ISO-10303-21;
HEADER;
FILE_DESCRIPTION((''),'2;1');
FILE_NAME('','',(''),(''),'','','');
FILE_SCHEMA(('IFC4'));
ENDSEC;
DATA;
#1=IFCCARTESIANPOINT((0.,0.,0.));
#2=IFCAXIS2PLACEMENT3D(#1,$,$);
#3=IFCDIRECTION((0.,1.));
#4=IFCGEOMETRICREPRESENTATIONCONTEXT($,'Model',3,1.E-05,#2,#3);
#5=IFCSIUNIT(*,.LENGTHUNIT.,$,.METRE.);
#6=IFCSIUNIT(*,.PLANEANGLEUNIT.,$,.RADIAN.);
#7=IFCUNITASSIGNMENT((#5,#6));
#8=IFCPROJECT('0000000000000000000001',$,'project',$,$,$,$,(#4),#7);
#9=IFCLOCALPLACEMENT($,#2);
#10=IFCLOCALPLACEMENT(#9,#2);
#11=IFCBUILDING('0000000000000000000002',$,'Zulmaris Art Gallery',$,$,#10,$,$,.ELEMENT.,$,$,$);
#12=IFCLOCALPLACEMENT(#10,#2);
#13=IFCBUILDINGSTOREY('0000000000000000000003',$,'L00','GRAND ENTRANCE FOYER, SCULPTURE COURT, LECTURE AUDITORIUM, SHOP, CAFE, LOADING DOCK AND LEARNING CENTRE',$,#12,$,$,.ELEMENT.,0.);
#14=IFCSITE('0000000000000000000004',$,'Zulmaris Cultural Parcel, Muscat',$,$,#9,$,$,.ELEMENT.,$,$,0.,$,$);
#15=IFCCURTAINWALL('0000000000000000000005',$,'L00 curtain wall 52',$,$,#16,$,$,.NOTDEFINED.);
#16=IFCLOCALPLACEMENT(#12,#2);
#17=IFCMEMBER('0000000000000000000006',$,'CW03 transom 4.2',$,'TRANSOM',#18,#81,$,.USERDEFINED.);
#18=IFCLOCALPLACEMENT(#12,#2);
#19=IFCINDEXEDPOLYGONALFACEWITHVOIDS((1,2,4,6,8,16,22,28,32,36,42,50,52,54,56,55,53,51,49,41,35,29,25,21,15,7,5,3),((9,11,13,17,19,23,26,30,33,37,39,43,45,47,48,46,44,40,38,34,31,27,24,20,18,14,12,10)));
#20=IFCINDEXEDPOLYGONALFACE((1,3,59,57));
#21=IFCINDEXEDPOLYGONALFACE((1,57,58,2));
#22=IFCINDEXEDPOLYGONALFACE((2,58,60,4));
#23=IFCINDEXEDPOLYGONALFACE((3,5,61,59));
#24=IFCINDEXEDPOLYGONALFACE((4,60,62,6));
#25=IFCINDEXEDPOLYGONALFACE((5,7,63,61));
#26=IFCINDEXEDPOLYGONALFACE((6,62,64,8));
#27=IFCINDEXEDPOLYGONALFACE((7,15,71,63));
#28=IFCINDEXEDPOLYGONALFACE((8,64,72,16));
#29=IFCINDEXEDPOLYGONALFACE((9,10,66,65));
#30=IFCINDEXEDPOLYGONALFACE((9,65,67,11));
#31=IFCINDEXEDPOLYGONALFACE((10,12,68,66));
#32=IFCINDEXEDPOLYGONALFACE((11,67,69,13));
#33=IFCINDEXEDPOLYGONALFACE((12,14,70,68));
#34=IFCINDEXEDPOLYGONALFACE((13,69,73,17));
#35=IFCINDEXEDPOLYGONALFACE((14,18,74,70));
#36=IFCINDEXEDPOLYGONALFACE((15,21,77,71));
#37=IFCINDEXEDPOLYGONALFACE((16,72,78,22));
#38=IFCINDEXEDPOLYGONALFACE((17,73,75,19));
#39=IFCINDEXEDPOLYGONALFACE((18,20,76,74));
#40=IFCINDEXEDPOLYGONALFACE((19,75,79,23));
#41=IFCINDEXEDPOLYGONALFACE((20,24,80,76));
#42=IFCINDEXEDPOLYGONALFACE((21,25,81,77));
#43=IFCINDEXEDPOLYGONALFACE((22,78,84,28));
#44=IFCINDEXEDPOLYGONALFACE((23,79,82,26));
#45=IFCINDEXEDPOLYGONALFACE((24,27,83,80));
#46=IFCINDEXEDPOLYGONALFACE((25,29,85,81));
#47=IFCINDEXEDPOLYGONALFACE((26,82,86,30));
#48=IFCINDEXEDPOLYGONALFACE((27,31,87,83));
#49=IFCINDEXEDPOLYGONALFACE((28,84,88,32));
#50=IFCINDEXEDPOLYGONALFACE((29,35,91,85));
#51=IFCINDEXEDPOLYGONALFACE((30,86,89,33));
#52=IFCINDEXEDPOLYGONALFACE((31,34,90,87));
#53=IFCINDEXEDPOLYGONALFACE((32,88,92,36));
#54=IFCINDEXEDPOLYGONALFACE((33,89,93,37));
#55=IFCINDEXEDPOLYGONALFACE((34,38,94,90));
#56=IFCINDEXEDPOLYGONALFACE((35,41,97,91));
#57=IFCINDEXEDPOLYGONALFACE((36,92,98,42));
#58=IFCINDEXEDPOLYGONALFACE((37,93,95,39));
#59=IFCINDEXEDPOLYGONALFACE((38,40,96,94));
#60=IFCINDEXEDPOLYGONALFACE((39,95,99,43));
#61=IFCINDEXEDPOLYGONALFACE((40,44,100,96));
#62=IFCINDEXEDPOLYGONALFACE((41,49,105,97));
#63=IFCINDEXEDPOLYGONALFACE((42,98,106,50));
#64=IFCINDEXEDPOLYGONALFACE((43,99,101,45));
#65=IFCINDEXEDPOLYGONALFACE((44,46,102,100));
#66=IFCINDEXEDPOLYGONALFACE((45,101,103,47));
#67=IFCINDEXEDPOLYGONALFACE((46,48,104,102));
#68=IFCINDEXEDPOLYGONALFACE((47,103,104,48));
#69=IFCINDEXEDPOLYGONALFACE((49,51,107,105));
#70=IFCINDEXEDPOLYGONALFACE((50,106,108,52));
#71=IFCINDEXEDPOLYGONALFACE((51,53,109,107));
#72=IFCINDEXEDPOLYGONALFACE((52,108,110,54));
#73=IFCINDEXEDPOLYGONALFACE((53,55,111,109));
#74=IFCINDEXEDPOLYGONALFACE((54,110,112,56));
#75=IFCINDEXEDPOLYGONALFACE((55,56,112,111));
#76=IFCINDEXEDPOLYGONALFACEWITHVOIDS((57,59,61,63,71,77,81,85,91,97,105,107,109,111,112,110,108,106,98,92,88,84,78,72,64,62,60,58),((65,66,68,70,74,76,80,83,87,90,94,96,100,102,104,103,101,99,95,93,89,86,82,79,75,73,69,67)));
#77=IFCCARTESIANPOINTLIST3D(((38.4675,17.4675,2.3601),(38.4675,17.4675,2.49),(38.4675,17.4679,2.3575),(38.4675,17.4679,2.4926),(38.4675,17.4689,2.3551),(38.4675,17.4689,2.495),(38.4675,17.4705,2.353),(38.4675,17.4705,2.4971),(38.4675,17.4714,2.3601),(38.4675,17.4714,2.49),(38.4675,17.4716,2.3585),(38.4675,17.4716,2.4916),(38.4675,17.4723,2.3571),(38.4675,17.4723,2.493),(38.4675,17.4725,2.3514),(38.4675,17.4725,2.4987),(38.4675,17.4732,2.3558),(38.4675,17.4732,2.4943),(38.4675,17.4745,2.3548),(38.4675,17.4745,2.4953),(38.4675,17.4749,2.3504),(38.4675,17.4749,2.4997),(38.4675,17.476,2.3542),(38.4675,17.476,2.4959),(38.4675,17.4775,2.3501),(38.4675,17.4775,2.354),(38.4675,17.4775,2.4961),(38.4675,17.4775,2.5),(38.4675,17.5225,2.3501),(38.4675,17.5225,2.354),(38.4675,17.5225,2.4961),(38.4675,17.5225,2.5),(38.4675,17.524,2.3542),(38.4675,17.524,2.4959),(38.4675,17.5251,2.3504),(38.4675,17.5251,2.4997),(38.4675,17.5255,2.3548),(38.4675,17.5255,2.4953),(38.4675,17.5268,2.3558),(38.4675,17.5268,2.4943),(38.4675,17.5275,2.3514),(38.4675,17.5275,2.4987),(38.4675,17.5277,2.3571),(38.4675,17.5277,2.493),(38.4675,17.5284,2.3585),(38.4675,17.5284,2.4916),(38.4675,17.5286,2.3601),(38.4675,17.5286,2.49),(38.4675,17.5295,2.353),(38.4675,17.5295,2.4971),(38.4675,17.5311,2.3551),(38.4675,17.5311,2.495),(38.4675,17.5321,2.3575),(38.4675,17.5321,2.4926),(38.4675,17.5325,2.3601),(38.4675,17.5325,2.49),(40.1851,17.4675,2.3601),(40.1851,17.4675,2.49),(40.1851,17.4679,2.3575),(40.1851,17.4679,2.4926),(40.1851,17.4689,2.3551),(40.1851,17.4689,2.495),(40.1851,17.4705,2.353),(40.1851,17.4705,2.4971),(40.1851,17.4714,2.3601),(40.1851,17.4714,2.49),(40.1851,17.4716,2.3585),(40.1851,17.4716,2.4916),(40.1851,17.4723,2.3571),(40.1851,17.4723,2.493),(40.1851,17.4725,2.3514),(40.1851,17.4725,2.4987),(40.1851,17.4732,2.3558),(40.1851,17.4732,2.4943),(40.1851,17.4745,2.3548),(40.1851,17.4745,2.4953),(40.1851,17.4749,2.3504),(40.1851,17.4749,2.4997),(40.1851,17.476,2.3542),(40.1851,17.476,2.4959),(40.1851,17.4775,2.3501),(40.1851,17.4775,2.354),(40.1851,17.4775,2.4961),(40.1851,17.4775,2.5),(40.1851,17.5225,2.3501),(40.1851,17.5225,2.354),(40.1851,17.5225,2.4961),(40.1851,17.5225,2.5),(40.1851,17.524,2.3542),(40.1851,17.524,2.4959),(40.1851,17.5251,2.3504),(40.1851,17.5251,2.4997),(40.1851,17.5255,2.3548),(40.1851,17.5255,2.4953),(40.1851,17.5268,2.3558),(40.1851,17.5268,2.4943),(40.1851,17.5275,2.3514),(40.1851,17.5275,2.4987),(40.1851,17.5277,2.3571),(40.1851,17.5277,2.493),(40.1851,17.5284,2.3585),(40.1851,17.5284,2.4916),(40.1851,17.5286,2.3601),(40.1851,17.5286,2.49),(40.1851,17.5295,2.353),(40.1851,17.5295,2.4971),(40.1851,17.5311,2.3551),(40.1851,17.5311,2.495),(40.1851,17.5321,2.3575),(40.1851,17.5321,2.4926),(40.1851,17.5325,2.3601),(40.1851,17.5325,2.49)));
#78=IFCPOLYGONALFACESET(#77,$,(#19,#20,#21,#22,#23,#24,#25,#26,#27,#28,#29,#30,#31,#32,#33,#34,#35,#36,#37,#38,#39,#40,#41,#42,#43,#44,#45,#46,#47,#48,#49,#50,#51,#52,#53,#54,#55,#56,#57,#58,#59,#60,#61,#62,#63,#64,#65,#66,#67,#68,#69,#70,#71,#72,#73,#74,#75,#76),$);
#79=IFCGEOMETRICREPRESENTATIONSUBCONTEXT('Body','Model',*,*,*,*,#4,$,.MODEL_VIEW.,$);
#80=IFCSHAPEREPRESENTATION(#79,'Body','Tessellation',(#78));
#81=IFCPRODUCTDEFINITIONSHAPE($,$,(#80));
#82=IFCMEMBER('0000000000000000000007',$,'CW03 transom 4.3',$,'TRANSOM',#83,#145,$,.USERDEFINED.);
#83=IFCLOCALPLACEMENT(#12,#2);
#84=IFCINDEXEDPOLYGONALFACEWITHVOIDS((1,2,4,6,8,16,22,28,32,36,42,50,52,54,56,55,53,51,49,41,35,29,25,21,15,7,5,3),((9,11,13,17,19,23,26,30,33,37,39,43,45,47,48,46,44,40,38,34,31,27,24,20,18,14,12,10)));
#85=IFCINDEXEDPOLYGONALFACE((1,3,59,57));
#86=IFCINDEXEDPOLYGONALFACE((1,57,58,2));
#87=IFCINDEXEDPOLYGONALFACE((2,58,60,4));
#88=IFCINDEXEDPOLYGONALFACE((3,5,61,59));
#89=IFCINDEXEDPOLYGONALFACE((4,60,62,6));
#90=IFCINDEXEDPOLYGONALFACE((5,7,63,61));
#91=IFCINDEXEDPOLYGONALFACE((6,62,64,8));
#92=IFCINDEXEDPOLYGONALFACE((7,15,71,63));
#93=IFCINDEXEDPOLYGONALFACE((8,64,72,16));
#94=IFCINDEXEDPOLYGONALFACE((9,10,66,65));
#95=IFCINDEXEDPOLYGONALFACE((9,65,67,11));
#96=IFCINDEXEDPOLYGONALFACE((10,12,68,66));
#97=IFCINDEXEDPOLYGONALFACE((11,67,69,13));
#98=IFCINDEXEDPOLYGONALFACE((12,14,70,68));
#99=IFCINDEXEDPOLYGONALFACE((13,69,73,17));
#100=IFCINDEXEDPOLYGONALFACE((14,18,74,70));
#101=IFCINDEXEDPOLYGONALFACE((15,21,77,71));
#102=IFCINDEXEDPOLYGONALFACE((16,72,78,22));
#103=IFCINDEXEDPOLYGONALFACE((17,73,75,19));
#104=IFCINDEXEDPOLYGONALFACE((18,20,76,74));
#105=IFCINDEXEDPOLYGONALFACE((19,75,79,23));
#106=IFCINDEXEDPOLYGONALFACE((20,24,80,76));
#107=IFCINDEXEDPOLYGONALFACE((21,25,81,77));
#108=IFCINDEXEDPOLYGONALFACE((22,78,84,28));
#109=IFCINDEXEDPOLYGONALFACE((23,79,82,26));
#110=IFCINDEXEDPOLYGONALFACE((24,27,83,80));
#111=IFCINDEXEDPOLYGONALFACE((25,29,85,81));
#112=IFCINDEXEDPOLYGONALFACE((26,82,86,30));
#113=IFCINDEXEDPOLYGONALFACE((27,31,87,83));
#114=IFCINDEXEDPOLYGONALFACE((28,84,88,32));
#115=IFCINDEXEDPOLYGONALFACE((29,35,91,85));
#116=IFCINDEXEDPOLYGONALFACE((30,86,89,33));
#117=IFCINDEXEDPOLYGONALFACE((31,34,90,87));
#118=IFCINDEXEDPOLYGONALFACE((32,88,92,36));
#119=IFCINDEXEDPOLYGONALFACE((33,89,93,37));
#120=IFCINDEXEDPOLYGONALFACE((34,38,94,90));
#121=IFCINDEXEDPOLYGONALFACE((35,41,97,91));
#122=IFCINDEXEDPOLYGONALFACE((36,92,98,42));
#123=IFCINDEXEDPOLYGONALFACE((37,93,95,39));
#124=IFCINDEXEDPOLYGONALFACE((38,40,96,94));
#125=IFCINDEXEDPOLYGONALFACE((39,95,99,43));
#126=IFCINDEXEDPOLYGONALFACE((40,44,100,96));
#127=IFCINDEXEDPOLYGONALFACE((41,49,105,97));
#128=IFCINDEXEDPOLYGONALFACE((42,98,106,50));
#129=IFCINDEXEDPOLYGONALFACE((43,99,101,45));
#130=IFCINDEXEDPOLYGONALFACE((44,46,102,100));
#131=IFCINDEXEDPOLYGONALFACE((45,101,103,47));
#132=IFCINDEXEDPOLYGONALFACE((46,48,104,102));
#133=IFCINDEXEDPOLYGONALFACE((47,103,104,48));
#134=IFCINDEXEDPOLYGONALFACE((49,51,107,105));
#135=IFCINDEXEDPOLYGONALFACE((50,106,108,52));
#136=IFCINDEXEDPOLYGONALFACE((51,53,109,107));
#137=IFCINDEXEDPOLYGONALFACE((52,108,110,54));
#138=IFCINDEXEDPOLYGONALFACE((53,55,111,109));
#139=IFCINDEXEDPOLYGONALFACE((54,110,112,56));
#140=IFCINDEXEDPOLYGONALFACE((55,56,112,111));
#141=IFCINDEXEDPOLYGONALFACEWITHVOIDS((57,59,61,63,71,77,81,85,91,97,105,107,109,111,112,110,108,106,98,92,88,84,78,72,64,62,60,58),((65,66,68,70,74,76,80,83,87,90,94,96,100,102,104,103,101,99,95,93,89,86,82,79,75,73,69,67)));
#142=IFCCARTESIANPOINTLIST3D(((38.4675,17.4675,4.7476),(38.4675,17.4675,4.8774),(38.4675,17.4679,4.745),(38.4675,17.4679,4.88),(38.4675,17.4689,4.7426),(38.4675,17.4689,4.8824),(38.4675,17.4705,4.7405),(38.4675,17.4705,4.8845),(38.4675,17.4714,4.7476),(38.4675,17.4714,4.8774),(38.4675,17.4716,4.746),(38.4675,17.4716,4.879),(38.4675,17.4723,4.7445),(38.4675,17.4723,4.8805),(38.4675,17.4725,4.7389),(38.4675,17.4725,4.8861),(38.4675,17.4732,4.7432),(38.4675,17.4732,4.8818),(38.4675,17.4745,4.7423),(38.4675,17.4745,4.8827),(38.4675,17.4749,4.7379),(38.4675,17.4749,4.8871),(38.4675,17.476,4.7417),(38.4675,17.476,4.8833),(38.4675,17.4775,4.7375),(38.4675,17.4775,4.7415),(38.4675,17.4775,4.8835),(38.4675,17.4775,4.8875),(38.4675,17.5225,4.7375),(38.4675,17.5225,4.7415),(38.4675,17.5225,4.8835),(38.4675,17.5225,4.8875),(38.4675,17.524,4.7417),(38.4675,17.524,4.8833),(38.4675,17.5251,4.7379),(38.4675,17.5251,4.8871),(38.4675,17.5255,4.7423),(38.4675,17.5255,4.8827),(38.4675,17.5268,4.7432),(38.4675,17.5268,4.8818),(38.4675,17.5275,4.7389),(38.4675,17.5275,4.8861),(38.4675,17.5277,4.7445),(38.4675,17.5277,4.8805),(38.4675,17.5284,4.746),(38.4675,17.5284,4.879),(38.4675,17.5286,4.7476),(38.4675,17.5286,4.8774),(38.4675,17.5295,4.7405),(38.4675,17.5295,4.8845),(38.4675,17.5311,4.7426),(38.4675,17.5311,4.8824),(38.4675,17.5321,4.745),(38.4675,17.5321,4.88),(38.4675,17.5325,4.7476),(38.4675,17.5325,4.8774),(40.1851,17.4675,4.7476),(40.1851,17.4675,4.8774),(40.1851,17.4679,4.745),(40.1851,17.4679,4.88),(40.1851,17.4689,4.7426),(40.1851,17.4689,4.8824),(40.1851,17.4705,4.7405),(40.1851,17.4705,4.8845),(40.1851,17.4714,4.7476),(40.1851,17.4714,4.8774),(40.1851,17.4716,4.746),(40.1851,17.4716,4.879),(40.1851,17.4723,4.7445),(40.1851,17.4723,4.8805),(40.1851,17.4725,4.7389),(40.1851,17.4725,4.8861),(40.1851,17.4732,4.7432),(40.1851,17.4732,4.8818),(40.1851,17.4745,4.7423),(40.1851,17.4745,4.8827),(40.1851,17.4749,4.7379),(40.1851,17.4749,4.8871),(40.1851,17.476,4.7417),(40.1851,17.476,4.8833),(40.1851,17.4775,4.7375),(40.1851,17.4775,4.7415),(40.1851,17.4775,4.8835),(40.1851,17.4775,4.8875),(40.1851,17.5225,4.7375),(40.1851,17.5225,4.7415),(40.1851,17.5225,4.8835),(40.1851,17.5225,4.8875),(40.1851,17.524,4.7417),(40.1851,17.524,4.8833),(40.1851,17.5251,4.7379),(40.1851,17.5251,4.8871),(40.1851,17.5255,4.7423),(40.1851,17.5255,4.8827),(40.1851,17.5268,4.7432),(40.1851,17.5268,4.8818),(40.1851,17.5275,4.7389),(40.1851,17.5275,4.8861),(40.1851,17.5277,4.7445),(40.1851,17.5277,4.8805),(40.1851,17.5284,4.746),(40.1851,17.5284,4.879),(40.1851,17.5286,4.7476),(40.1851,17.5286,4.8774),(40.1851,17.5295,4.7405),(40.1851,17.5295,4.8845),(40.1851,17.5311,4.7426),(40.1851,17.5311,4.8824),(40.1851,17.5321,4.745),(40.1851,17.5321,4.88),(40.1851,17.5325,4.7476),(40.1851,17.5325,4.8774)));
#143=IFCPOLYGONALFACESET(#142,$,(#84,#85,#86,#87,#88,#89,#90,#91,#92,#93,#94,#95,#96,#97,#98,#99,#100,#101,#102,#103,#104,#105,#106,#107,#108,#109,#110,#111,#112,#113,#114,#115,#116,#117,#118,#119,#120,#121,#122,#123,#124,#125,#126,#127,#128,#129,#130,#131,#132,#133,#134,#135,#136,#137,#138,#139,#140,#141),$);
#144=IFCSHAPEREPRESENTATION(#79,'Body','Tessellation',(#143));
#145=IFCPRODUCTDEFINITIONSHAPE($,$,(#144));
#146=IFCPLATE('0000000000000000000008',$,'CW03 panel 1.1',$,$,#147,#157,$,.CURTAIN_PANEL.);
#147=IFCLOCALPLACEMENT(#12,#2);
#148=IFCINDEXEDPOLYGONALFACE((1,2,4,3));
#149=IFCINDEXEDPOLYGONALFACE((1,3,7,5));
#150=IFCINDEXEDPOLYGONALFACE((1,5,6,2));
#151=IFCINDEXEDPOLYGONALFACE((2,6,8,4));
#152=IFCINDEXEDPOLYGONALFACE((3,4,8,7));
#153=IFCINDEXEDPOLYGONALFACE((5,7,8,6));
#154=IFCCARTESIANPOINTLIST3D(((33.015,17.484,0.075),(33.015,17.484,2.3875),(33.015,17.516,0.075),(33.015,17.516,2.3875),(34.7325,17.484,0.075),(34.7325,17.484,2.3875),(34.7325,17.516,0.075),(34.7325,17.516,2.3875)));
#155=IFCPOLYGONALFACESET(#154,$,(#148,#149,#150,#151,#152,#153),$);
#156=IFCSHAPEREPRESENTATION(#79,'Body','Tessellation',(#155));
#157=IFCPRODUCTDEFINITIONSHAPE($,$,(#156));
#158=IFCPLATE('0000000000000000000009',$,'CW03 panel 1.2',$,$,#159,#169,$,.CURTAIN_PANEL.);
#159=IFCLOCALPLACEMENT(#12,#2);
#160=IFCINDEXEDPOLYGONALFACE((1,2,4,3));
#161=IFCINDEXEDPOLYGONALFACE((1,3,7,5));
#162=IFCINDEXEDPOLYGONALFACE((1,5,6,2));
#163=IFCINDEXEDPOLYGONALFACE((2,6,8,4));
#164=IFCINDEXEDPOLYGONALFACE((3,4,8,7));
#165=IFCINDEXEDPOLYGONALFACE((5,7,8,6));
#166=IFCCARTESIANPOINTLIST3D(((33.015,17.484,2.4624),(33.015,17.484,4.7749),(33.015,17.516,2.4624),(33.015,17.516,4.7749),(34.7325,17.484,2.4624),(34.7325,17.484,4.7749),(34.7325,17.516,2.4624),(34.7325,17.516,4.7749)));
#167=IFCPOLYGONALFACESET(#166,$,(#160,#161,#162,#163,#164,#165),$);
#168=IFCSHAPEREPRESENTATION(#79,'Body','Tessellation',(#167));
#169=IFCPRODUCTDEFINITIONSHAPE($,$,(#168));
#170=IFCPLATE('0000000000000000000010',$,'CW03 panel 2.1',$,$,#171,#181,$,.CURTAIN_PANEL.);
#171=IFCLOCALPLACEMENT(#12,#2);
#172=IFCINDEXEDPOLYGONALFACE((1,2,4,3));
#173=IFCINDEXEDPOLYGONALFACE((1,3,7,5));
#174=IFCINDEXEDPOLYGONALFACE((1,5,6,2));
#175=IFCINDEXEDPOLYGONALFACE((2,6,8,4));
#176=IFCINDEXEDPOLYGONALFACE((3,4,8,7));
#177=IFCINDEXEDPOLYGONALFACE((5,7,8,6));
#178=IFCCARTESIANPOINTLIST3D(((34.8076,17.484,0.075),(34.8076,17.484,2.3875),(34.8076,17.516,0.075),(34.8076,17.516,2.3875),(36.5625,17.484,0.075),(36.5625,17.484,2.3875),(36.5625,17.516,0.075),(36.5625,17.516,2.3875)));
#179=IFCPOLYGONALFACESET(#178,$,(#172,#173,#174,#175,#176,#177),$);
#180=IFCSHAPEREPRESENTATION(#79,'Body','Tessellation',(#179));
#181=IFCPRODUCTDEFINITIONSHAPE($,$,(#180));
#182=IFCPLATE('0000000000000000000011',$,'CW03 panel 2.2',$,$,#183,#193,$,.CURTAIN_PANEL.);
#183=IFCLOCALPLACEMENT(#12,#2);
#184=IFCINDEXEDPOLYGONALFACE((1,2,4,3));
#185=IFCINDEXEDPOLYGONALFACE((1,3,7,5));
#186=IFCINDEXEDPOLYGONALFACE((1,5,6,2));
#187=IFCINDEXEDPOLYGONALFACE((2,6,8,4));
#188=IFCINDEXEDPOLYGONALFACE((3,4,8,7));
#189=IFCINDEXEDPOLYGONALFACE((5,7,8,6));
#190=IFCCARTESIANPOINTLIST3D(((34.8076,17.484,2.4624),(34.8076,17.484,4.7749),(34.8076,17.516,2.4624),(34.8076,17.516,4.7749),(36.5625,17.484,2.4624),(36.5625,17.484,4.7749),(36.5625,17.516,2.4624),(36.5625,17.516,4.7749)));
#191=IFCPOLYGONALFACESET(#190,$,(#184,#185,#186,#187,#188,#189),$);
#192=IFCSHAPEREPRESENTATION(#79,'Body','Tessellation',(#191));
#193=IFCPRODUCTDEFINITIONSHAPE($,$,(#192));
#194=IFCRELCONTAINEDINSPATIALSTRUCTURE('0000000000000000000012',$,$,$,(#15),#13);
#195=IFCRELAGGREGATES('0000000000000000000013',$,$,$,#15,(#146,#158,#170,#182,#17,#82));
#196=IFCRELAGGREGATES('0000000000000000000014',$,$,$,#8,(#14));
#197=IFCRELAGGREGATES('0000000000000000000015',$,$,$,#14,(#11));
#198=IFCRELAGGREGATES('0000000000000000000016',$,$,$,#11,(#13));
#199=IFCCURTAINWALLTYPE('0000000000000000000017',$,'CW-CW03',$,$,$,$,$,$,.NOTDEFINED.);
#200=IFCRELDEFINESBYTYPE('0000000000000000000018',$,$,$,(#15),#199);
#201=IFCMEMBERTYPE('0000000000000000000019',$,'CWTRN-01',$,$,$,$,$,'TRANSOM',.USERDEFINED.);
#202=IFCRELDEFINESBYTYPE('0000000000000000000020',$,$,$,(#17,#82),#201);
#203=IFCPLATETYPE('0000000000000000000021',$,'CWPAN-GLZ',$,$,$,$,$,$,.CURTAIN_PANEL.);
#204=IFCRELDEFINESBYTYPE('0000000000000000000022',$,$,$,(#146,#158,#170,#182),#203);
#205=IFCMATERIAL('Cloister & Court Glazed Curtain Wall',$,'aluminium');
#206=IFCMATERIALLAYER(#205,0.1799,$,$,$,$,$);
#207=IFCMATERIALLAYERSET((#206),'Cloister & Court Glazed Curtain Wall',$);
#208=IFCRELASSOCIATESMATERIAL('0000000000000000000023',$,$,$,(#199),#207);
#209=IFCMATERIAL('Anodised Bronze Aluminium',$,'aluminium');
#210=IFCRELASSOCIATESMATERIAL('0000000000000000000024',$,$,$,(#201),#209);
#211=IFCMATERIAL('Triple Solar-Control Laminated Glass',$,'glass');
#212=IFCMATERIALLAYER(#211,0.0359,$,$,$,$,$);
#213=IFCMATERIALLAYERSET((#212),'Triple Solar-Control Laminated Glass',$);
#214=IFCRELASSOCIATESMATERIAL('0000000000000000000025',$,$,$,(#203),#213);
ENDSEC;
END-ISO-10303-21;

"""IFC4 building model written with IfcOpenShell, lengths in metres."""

from ifc_helpers import new_model, si_unit, direction, frame, origin, origin_2d, place, context, subcontext, project, spatial, rectangle, hollow_rectangle, extrude, material, layer, layer_set, material_profile, profile_set, type_object, element, aggregate, save


model = new_model("IFC4")

# Units and contexts
model_context = context("Model", 3, precision=1e-05, world=origin(), true_north=direction((0.0, 1.0)))
body_context = subcontext(model_context, "Body", "Model", "MODEL_VIEW")
ifc_project = project(units=[si_unit("LENGTHUNIT", "METRE"), si_unit("PLANEANGLEUNIT", "RADIAN")], contexts=[model_context])

# Site, building, storey
site_placement = place(None, origin())
site = spatial("IfcSite", under=ifc_project, at=site_placement, Name="Zulmaris Cultural Parcel, Muscat", CompositionType="ELEMENT", RefElevation=0.0)
building_placement = place(site_placement, origin())
building = spatial("IfcBuilding", under=site, at=building_placement, Name="Zulmaris Art Gallery", CompositionType="ELEMENT")
storey_placement = place(building_placement, origin())
storey = spatial("IfcBuildingStorey", under=building, at=storey_placement, Name="L00", Description="GRAND ENTRANCE FOYER, SCULPTURE COURT, LECTURE AUDITORIUM, SHOP, CAFE, LOADING DOCK AND LEARNING CENTRE", CompositionType="ELEMENT", Elevation=0.0)

# Curtain wall, members, plates
ifc_material_1 = material(Name="Cloister & Court Glazed Curtain Wall", Category="aluminium")
ifc_layer_1 = layer(ifc_material_1, 0.1799)
ifc_layer_set_1 = layer_set([ifc_layer_1], Name="Cloister & Court Glazed Curtain Wall")
curtain_wall_type = type_object("IfcCurtainWallType", Name="CW-CW03", PredefinedType="NOTDEFINED", material=ifc_layer_set_1)
curtain_wall_placement = place(storey_placement, origin())
curtain_wall = element("IfcCurtainWall", 1, at=curtain_wall_placement, inside=storey, type_object=curtain_wall_type, Name="L00 curtain wall 52", PredefinedType="NOTDEFINED")
ifc_material_2 = material(Name="Anodised Bronze Aluminium", Category="aluminium")
ifc_material_profile_1 = material_profile(ifc_material_2, hollow_rectangle(XDim=0.0649, YDim=0.1499, WallThickness=0.0039, InnerFilletRadius=0.0061, OuterFilletRadius=0.01, at=origin_2d()), Name="ALU 65x150x4")
ifc_profile_set_1 = profile_set([ifc_material_profile_1], Name="Anodised Bronze Aluminium")
member_type_1 = type_object("IfcMemberType", Name="CWTRN-01", ElementType="TRANSOM", PredefinedType="USERDEFINED", material=ifc_profile_set_1)
member_1_placement = place(storey_placement, frame((38.4675, 17.5, 2.425), z_axis=(1.0, 0.0, 0.0), x_axis=(0.0, 1.0, 0.0)))
member_1 = element("IfcMember", 2, at=member_1_placement, type_object=member_type_1, Name="CW03 transom 4.2", ObjectType="TRANSOM", PredefinedType="USERDEFINED", context=body_context, shape_type="SweptSolid", body=[
    extrude(hollow_rectangle(XDim=0.0649, YDim=0.1499, WallThickness=0.0039, InnerFilletRadius=0.0061, OuterFilletRadius=0.01, at=origin_2d()), origin(), (0.0, 0.0, 1.0), 1.7175),
])
member_2_placement = place(storey_placement, frame((38.4675, 17.5, 4.8125), z_axis=(1.0, 0.0, 0.0), x_axis=(0.0, 1.0, 0.0)))
member_2 = element("IfcMember", 3, at=member_2_placement, type_object=member_type_1, Name="CW03 transom 4.3", ObjectType="TRANSOM", PredefinedType="USERDEFINED", context=body_context, shape_type="SweptSolid", body=[
    extrude(hollow_rectangle(XDim=0.0649, YDim=0.1499, WallThickness=0.0039, InnerFilletRadius=0.0061, OuterFilletRadius=0.01, at=origin_2d()), origin(), (0.0, 0.0, 1.0), 1.7175),
])
ifc_material_3 = material(Name="Triple Solar-Control Laminated Glass", Category="glass")
ifc_layer_2 = layer(ifc_material_3, 0.0359)
ifc_layer_set_2 = layer_set([ifc_layer_2], Name="Triple Solar-Control Laminated Glass")
plate_type = type_object("IfcPlateType", Name="CWPAN-GLZ", PredefinedType="CURTAIN_PANEL", material=ifc_layer_set_2)
plate_1_placement = place(storey_placement, frame((33.8738, 17.5, 0.075), z_axis=(0.0, 0.0, 1.0), x_axis=(1.0, 0.0, 0.0)))
plate_1 = element("IfcPlate", 4, at=plate_1_placement, type_object=plate_type, Name="CW03 panel 1.1", PredefinedType="CURTAIN_PANEL", context=body_context, shape_type="SweptSolid", body=[
    extrude(rectangle(XDim=1.7175, YDim=0.032, at=origin_2d()), origin(), (0.0, 0.0, 1.0), 2.3125),
])
plate_2_placement = place(storey_placement, frame((33.8738, 17.5, 2.4624), z_axis=(0.0, 0.0, 1.0), x_axis=(1.0, 0.0, 0.0)))
plate_2 = element("IfcPlate", 5, at=plate_2_placement, type_object=plate_type, Name="CW03 panel 1.2", PredefinedType="CURTAIN_PANEL", context=body_context, shape_type="SweptSolid", body=[
    extrude(rectangle(XDim=1.7175, YDim=0.032, at=origin_2d()), origin(), (0.0, 0.0, 1.0), 2.3125),
])
plate_3_placement = place(storey_placement, frame((35.6851, 17.5, 0.075), z_axis=(0.0, 0.0, 1.0), x_axis=(1.0, 0.0, 0.0)))
plate_3 = element("IfcPlate", 6, at=plate_3_placement, type_object=plate_type, Name="CW03 panel 2.1", PredefinedType="CURTAIN_PANEL", context=body_context, shape_type="SweptSolid", body=[
    extrude(rectangle(XDim=1.7549, YDim=0.032, at=origin_2d()), origin(), (0.0, 0.0, 1.0), 2.3125),
])
plate_4_placement = place(storey_placement, frame((35.6851, 17.5, 2.4624), z_axis=(0.0, 0.0, 1.0), x_axis=(1.0, 0.0, 0.0)))
plate_4 = element("IfcPlate", 7, at=plate_4_placement, type_object=plate_type, Name="CW03 panel 2.2", PredefinedType="CURTAIN_PANEL", context=body_context, shape_type="SweptSolid", body=[
    extrude(rectangle(XDim=1.7549, YDim=0.032, at=origin_2d()), origin(), (0.0, 0.0, 1.0), 2.3125),
])
aggregate(curtain_wall, [plate_1, plate_2, plate_3, plate_4, member_1, member_2])

save(model, "model.ifc")
